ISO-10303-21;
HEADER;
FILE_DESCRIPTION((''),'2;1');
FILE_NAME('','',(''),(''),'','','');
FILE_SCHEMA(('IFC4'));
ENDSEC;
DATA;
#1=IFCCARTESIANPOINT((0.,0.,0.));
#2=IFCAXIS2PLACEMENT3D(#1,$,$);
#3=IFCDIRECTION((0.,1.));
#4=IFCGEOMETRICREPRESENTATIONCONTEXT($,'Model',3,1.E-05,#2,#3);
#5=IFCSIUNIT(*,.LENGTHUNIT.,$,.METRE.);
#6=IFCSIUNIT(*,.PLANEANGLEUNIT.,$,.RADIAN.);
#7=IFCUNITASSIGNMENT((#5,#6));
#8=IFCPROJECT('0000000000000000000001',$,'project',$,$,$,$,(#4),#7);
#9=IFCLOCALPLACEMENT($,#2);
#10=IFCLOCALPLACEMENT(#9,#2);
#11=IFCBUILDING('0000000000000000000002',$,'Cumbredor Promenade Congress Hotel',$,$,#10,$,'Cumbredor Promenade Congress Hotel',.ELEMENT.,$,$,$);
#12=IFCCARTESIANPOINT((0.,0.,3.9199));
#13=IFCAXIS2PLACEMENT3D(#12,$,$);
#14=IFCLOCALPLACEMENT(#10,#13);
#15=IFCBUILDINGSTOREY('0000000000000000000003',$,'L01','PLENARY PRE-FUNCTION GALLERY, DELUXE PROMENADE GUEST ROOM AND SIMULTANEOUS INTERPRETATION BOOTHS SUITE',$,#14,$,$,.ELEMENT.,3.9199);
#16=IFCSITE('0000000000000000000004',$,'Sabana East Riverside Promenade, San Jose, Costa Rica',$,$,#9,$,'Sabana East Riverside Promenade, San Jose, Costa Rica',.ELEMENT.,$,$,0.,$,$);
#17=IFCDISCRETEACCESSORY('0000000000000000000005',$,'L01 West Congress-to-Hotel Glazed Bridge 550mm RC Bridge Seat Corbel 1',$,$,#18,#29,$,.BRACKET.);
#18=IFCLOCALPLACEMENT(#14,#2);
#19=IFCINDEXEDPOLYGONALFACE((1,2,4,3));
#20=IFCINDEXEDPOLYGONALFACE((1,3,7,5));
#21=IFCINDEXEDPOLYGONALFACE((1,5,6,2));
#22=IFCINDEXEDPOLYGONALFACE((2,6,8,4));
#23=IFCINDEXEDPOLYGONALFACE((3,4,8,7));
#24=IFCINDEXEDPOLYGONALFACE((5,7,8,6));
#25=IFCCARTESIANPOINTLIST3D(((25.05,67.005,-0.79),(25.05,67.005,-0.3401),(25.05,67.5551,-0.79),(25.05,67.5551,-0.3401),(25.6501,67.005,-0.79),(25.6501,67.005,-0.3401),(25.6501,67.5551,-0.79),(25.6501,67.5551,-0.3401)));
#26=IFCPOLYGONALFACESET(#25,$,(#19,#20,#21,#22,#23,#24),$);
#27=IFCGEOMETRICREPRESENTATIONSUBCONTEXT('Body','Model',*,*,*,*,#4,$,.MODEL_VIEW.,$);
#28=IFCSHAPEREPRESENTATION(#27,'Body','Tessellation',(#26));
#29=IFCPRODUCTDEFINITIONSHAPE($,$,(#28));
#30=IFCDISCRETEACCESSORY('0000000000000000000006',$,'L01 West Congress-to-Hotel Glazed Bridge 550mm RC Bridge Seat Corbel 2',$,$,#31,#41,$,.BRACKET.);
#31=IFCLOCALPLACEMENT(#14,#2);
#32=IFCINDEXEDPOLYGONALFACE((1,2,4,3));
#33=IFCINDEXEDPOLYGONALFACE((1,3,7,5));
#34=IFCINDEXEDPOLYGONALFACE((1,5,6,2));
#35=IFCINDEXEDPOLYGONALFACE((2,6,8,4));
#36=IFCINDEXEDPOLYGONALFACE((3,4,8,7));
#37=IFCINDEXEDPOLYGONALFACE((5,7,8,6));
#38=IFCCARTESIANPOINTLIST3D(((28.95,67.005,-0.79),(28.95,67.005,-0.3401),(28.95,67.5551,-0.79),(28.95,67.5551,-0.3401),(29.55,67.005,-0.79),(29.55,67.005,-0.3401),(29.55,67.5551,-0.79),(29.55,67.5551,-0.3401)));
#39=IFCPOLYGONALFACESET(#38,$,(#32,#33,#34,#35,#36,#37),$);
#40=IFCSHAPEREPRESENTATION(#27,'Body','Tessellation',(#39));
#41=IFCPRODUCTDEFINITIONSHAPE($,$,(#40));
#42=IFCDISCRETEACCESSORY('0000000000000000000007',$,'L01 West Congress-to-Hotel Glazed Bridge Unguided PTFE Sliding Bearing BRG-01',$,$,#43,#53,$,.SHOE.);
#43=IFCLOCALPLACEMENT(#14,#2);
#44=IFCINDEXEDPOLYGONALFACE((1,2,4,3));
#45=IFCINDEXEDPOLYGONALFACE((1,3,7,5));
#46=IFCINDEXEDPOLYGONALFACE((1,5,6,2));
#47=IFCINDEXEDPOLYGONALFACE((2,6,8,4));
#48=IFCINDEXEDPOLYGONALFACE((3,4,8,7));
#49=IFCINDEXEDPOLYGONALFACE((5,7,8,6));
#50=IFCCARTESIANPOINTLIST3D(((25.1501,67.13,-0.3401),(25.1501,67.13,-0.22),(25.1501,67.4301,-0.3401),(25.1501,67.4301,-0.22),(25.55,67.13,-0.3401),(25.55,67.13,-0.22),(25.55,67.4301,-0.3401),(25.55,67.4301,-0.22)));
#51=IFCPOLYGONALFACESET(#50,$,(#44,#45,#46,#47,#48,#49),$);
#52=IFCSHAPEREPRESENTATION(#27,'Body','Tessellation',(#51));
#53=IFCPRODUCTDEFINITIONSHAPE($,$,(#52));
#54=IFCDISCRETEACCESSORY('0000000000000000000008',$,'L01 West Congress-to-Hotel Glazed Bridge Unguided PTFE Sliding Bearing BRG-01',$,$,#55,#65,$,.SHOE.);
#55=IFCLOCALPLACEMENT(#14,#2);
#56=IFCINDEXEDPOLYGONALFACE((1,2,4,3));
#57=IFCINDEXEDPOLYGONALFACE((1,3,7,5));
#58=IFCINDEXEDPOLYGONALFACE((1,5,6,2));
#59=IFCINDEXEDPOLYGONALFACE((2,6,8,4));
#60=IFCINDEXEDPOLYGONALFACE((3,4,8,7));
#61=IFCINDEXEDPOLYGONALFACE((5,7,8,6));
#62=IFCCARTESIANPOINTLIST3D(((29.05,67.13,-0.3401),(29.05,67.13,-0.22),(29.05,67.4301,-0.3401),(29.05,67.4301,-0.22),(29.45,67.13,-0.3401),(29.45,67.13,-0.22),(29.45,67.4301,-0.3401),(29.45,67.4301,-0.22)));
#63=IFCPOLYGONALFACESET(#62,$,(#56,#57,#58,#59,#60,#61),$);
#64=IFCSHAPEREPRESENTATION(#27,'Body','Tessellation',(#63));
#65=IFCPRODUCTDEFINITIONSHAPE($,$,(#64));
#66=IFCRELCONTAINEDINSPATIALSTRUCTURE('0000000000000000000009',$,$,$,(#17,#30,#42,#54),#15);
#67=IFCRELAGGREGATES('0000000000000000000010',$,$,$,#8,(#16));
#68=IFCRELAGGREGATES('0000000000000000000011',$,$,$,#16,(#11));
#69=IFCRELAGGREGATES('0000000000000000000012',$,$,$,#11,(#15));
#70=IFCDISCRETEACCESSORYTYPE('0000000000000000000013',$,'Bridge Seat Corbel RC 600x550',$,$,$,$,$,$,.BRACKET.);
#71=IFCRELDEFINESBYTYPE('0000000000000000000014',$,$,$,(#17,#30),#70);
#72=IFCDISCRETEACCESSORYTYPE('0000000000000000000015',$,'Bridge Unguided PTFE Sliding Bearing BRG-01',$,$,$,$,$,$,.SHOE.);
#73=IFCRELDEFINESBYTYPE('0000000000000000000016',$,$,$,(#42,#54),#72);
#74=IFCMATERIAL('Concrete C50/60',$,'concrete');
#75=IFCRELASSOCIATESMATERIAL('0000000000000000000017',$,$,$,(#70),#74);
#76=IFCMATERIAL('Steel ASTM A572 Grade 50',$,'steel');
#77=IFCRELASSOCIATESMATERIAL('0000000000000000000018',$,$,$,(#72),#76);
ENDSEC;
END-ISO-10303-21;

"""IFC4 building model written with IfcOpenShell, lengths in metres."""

from ifc_helpers import new_model, si_unit, direction, frame, origin, origin_2d, place, context, subcontext, project, spatial, rectangle, extrude, material, type_object, element, save


model = new_model("IFC4")

# Units and contexts
model_context = context("Model", 3, precision=1e-05, world=origin(), true_north=direction((0.0, 1.0)))
body_context = subcontext(model_context, "Body", "Model", "MODEL_VIEW")
ifc_project = project(units=[si_unit("LENGTHUNIT", "METRE"), si_unit("PLANEANGLEUNIT", "RADIAN")], contexts=[model_context])

# Site, building, storey
site_placement = place(None, origin())
site = spatial("IfcSite", under=ifc_project, at=site_placement, Name="Sabana East Riverside Promenade, San Jose, Costa Rica", LongName="Sabana East Riverside Promenade, San Jose, Costa Rica", CompositionType="ELEMENT", RefElevation=0.0)
building_placement = place(site_placement, origin())
building = spatial("IfcBuilding", under=site, at=building_placement, Name="Cumbredor Promenade Congress Hotel", LongName="Cumbredor Promenade Congress Hotel", CompositionType="ELEMENT")
storey_placement = place(building_placement, frame((0.0, 0.0, 3.9199)))
storey = spatial("IfcBuildingStorey", under=building, at=storey_placement, Name="L01", Description="PLENARY PRE-FUNCTION GALLERY, DELUXE PROMENADE GUEST ROOM AND SIMULTANEOUS INTERPRETATION BOOTHS SUITE", CompositionType="ELEMENT", Elevation=3.9199)

# Shared definitions
ifc_material_1 = material(Name="Concrete C50/60", Category="concrete")

# Shared definitions
ifc_material_2 = material(Name="Steel ASTM A572 Grade 50", Category="steel")

# Discrete accessories
discrete_accessory_type_1 = type_object("IfcDiscreteAccessoryType", Name="Bridge Seat Corbel RC 600x550", PredefinedType="BRACKET", material=ifc_material_1)
for number, where, z_axis, x_axis, name in (
    (1, (25.3501, 67.28, -0.79), (0.0, 0.0, 1.0), (0.0, 1.0, 0.0), "L01 West Congress-to-Hotel Glazed Bridge 550mm RC Bridge Seat Corbel 1"),
    (2, (29.25, 67.28, -0.79), (0.0, 0.0, 1.0), (0.0, 1.0, 0.0), "L01 West Congress-to-Hotel Glazed Bridge 550mm RC Bridge Seat Corbel 2"),
):
    element("IfcDiscreteAccessory", number, at=place(storey_placement, frame(where, z_axis=z_axis, x_axis=x_axis)), inside=storey, type_object=discrete_accessory_type_1, Name=name, PredefinedType="BRACKET", context=body_context, shape_type="SweptSolid", body=[
        extrude(rectangle(XDim=0.55, YDim=0.6001, at=origin_2d()), origin(), (0.0, 0.0, 1.0), 0.45),
    ])
discrete_accessory_type_2 = type_object("IfcDiscreteAccessoryType", Name="Bridge Unguided PTFE Sliding Bearing BRG-01", PredefinedType="SHOE", material=ifc_material_2)
for number, where, z_axis, x_axis, name in (
    (3, (25.3501, 67.28, -0.3401), (0.0, 0.0, 1.0), (0.0, 1.0, 0.0), "L01 West Congress-to-Hotel Glazed Bridge Unguided PTFE Sliding Bearing BRG-01"),
    (4, (29.25, 67.28, -0.3401), (0.0, 0.0, 1.0), (0.0, 1.0, 0.0), "L01 West Congress-to-Hotel Glazed Bridge Unguided PTFE Sliding Bearing BRG-01"),
):
    element("IfcDiscreteAccessory", number, at=place(storey_placement, frame(where, z_axis=z_axis, x_axis=x_axis)), inside=storey, type_object=discrete_accessory_type_2, Name=name, PredefinedType="SHOE", context=body_context, shape_type="SweptSolid", body=[
        extrude(rectangle(XDim=0.3, YDim=0.3999, at=origin_2d()), origin(), (0.0, 0.0, 1.0), 0.1201),
    ])

save(model, "model.ifc")
